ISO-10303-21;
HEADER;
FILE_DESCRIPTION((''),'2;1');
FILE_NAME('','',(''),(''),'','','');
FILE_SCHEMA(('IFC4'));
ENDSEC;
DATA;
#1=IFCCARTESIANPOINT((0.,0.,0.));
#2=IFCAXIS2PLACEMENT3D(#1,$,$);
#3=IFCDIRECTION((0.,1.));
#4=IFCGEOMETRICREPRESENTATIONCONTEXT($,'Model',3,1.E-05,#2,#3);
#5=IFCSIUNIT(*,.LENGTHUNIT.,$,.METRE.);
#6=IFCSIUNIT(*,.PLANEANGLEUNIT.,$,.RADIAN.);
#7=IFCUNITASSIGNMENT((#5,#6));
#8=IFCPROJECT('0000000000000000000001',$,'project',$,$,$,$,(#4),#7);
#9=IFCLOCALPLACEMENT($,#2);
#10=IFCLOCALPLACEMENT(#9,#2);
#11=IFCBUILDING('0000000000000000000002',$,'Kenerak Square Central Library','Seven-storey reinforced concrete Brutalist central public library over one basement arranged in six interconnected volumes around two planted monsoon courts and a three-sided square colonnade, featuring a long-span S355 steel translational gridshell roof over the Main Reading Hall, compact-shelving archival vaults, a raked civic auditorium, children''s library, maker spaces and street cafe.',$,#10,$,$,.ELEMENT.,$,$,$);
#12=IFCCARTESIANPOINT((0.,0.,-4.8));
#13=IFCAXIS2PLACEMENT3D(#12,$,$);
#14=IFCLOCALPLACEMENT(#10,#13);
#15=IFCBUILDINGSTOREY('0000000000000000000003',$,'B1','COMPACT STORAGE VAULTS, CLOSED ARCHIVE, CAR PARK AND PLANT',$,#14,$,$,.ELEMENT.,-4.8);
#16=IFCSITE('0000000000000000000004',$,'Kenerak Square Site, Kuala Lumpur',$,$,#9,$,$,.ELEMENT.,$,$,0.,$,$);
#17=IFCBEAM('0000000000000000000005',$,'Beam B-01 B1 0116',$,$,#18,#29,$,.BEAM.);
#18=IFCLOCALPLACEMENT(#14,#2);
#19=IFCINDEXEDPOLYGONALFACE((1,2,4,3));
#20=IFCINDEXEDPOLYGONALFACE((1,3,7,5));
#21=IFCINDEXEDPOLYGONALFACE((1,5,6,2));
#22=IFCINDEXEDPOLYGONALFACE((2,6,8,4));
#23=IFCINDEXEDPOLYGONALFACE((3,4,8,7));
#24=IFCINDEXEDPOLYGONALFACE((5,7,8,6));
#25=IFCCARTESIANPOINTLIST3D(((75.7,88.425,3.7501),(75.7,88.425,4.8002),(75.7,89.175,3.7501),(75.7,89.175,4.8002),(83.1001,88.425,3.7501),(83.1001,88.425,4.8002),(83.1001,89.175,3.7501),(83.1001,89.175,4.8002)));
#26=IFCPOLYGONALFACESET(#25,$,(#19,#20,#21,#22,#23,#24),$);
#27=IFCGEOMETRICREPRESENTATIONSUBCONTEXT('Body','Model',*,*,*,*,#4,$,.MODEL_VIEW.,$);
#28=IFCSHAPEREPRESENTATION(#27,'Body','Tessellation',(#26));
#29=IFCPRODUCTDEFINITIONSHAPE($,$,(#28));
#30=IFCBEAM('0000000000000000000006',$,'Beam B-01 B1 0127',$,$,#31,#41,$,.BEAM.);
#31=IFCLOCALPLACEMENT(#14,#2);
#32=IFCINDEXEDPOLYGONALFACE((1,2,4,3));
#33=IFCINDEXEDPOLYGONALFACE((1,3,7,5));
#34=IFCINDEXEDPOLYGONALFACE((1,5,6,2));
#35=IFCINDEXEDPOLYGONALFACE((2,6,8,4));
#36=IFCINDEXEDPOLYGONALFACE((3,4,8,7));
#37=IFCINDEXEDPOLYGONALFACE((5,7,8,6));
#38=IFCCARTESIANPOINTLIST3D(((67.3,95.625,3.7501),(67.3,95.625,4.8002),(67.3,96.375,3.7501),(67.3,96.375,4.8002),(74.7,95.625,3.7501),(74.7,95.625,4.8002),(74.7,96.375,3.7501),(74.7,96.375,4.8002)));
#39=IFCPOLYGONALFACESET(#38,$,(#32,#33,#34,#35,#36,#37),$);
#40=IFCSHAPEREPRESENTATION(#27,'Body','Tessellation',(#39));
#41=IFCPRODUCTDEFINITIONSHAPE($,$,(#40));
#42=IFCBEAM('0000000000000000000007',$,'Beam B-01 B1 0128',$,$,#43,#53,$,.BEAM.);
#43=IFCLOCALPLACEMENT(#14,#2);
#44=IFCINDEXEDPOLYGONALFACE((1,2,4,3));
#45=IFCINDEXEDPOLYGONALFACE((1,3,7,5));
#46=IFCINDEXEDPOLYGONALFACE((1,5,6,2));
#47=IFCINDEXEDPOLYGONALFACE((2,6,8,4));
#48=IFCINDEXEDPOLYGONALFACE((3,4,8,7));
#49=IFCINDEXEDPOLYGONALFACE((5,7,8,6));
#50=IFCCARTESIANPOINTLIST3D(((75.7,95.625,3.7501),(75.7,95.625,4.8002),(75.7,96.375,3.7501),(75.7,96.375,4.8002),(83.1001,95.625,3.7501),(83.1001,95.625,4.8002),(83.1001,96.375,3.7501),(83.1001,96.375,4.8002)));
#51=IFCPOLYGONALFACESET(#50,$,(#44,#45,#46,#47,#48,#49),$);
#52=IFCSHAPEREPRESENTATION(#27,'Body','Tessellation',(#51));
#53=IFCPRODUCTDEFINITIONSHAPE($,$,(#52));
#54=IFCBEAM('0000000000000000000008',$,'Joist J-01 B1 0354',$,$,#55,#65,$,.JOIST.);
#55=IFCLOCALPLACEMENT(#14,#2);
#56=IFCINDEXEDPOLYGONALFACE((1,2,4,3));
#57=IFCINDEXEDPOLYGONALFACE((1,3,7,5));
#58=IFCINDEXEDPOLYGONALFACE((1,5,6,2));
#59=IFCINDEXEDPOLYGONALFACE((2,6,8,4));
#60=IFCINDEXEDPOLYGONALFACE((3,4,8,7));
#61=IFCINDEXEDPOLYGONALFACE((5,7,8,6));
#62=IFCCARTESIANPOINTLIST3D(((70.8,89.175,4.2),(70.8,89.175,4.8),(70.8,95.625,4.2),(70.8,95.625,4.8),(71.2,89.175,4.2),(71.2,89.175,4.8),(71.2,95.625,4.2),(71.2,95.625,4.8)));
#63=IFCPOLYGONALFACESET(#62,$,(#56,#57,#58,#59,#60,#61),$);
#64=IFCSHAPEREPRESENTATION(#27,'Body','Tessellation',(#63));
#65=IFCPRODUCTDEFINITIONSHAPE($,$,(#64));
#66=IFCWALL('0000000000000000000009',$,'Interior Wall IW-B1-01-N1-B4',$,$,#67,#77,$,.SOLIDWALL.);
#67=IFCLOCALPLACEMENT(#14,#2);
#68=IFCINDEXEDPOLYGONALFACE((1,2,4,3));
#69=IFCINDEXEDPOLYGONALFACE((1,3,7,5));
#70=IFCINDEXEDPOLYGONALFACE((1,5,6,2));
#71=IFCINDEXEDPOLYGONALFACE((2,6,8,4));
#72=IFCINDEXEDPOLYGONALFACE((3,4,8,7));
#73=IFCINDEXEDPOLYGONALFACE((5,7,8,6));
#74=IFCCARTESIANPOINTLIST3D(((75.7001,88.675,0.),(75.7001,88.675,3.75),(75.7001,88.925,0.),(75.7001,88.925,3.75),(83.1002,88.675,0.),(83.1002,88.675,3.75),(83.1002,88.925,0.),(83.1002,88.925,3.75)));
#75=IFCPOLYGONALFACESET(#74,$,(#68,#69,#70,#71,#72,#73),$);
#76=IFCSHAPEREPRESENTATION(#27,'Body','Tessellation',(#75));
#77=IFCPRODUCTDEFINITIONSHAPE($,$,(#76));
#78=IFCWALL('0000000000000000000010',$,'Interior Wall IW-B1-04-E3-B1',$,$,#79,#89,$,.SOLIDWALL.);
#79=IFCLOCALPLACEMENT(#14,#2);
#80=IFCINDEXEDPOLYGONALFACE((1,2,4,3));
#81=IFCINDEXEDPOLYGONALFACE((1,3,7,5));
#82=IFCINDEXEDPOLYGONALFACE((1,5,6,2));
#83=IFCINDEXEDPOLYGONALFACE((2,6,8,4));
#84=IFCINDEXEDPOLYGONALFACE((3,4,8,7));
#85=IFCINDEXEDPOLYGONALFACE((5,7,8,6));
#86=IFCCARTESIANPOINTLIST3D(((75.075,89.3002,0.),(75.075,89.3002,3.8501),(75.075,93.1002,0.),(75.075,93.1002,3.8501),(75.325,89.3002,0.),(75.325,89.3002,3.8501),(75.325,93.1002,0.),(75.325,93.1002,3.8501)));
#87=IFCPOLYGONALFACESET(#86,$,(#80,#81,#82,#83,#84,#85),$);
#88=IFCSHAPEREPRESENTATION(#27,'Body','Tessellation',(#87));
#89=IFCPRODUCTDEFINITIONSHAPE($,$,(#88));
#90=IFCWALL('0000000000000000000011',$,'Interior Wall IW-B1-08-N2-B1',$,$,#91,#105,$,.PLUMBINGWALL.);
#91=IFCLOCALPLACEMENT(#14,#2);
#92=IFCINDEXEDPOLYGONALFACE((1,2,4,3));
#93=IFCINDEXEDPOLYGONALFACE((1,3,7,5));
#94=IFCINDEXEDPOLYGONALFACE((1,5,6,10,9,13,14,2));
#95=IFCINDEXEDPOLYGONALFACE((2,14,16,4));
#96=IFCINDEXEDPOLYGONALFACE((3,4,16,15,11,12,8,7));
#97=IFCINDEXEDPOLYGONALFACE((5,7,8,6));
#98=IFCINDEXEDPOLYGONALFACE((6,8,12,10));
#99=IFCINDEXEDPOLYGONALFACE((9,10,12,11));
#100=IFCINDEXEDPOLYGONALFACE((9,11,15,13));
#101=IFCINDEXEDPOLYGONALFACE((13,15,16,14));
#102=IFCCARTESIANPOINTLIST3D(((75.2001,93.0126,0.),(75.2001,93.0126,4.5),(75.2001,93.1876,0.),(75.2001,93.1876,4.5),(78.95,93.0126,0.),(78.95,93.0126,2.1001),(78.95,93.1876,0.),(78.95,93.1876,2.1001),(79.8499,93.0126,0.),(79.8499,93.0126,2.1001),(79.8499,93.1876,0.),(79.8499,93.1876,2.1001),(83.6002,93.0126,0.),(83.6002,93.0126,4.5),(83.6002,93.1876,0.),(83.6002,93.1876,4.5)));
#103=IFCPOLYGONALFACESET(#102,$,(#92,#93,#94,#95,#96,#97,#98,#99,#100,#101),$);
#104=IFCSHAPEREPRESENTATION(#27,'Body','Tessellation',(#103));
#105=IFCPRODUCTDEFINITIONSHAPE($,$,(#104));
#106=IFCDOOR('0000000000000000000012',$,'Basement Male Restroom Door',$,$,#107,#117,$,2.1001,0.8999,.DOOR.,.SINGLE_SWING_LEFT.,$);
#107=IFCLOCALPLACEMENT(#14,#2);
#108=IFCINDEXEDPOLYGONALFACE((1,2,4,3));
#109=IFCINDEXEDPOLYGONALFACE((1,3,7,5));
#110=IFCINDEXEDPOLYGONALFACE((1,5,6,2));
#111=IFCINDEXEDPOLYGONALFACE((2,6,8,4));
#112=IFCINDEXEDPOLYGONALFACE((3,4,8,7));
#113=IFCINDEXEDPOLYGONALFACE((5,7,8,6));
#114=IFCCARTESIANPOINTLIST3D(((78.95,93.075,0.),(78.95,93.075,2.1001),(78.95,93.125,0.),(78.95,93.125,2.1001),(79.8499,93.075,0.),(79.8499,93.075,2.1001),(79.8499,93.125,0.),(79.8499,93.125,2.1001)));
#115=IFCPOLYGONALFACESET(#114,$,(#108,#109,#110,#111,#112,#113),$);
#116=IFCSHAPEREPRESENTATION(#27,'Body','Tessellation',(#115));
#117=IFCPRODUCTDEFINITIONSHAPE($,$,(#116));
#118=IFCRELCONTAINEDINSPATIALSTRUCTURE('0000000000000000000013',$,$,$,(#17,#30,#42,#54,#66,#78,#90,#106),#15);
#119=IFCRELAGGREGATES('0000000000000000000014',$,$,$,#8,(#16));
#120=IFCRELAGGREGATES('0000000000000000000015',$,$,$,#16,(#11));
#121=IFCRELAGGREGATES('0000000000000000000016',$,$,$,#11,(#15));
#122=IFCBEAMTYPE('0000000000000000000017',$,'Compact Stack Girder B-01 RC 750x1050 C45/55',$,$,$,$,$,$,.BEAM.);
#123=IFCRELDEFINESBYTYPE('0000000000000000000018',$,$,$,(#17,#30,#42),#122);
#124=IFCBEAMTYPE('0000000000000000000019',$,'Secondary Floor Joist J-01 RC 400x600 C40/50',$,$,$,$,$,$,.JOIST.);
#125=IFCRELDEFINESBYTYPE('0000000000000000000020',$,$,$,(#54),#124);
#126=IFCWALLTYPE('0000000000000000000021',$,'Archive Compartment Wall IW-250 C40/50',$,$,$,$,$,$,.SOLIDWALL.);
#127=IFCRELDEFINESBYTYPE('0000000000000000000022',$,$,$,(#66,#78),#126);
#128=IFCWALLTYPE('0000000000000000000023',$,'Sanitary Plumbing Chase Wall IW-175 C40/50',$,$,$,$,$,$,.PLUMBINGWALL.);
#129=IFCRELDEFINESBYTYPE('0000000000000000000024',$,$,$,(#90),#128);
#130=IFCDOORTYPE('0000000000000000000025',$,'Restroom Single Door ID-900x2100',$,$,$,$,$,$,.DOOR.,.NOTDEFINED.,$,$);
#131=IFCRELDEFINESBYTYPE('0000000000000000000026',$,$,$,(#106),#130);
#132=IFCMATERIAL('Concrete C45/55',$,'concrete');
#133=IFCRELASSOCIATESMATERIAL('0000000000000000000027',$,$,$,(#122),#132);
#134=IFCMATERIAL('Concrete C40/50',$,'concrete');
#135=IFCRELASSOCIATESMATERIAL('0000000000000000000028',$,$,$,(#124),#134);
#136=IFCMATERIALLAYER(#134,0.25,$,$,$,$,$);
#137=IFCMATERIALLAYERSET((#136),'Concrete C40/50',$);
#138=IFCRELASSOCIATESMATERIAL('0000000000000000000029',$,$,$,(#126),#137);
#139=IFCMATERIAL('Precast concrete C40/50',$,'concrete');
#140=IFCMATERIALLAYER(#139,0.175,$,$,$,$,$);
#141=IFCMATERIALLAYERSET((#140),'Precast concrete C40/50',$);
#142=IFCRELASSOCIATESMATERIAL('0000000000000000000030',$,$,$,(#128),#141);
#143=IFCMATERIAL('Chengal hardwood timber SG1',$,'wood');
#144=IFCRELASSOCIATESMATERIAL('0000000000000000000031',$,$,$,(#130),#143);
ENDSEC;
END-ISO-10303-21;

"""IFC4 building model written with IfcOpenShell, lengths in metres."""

from ifc_helpers import new_model, si_unit, direction, frame, frame_2d, origin, origin_2d, place, context, subcontext, project, spatial, rectangle, extrude, material, layer, layer_set, material_profile, profile_set, type_object, element, fill, save


model = new_model("IFC4")

# Units and contexts
model_context = context("Model", 3, precision=1e-05, world=origin(), true_north=direction((0.0, 1.0)))
body_context = subcontext(model_context, "Body", "Model", "MODEL_VIEW")
ifc_project = project(units=[si_unit("LENGTHUNIT", "METRE"), si_unit("PLANEANGLEUNIT", "RADIAN")], contexts=[model_context])

# Site, building, storey
site_placement = place(None, origin())
site = spatial("IfcSite", under=ifc_project, at=site_placement, Name="Kenerak Square Site, Kuala Lumpur", CompositionType="ELEMENT", RefElevation=0.0)
building_placement = place(site_placement, origin())
building = spatial("IfcBuilding", under=site, at=building_placement, Name="Kenerak Square Central Library", Description="Seven-storey reinforced concrete Brutalist central public library over one basement arranged in six interconnected volumes around two planted monsoon courts and a three-sided square colonnade, featuring a long-span S355 steel translational gridshell roof over the Main Reading Hall, compact-shelving archival vaults, a raked civic auditorium, children's library, maker spaces and street cafe.", CompositionType="ELEMENT")
storey_placement = place(building_placement, frame((0.0, 0.0, -4.8)))
storey = spatial("IfcBuildingStorey", under=building, at=storey_placement, Name="B1", Description="COMPACT STORAGE VAULTS, CLOSED ARCHIVE, CAR PARK AND PLANT", CompositionType="ELEMENT", Elevation=-4.8)

# Shared definitions
ifc_material_1 = material(Name="Concrete C40/50", Category="concrete")

# Shared definitions
ifc_material_2 = material(Name="Concrete C45/55", Category="concrete")

# Beams
ifc_material_profile_1 = material_profile(ifc_material_2, rectangle(XDim=0.75, YDim=1.05, at=origin_2d()), Name="RC 750x1050")
ifc_profile_set_1 = profile_set([ifc_material_profile_1], Name="Concrete C45/55")
beam_type_1 = type_object("IfcBeamType", Name="Compact Stack Girder B-01 RC 750x1050 C45/55", PredefinedType="BEAM", material=ifc_profile_set_1)
beam_1_placement = place(storey_placement, frame((75.7, 88.8, 4.2751), z_axis=(1.0, 0.0, 0.0), x_axis=(0.0, 1.0, 0.0)))
element("IfcBeam", 1, at=beam_1_placement, inside=storey, type_object=beam_type_1, Name="Beam B-01 B1 0116", PredefinedType="BEAM", context=body_context, shape_type="SweptSolid", body=[
    extrude(rectangle(XDim=0.75, YDim=1.05, at=origin_2d()), origin(), (0.0, 0.0, 1.0), 7.4001),
])
beam_2_placement = place(storey_placement, frame((67.3, 96.0, 4.2751), z_axis=(1.0, 0.0, 0.0), x_axis=(0.0, 1.0, 0.0)))
element("IfcBeam", 2, at=beam_2_placement, inside=storey, type_object=beam_type_1, Name="Beam B-01 B1 0127", PredefinedType="BEAM", context=body_context, shape_type="SweptSolid", body=[
    extrude(rectangle(XDim=0.75, YDim=1.05, at=origin_2d()), origin(), (0.0, 0.0, 1.0), 7.3999),
])
beam_3_placement = place(storey_placement, frame((75.7, 96.0, 4.2751), z_axis=(1.0, 0.0, 0.0), x_axis=(0.0, 1.0, 0.0)))
element("IfcBeam", 3, at=beam_3_placement, inside=storey, type_object=beam_type_1, Name="Beam B-01 B1 0128", PredefinedType="BEAM", context=body_context, shape_type="SweptSolid", body=[
    extrude(rectangle(XDim=0.75, YDim=1.05, at=origin_2d()), origin(), (0.0, 0.0, 1.0), 7.4001),
])
ifc_material_profile_2 = material_profile(ifc_material_1, rectangle(XDim=0.3999, YDim=0.6001, at=origin_2d()), Name="RC 400x600")
ifc_profile_set_2 = profile_set([ifc_material_profile_2], Name="Concrete C40/50")
beam_type_2 = type_object("IfcBeamType", Name="Secondary Floor Joist J-01 RC 400x600 C40/50", PredefinedType="JOIST", material=ifc_profile_set_2)
beam_4_placement = place(storey_placement, frame((71.0, 89.175, 4.5), z_axis=(0.0, 1.0, 0.0), x_axis=(-1.0, 0.0, 0.0)))
element("IfcBeam", 4, at=beam_4_placement, inside=storey, type_object=beam_type_2, Name="Joist J-01 B1 0354", PredefinedType="JOIST", context=body_context, shape_type="SweptSolid", body=[
    extrude(rectangle(XDim=0.3999, YDim=0.6001, at=origin_2d()), origin(), (0.0, 0.0, 1.0), 6.45),
])

# Walls
ifc_layer_1 = layer(ifc_material_1, 0.25)
ifc_layer_set_1 = layer_set([ifc_layer_1], Name="Concrete C40/50")
wall_type_1 = type_object("IfcWallType", Name="Archive Compartment Wall IW-250 C40/50", PredefinedType="SOLIDWALL", material=ifc_layer_set_1)
wall_1_placement = place(storey_placement, frame((75.7, 88.8, 0.0), z_axis=(0.0, 0.0, 1.0), x_axis=(1.0, 0.0, 0.0)))
element("IfcWall", 5, at=wall_1_placement, inside=storey, type_object=wall_type_1, Name="Interior Wall IW-B1-01-N1-B4", PredefinedType="SOLIDWALL", context=body_context, shape_type="SweptSolid", body=[
    extrude(rectangle(XDim=7.4001, YDim=0.25, at=frame_2d((3.7002, 0.0))), origin(), (0.0, 0.0, 1.0), 3.75),
])
wall_2_placement = place(storey_placement, frame((75.2, 93.1001, 0.0), z_axis=(0.0, 0.0, 1.0), x_axis=(0.0, -1.0, 0.0)))
element("IfcWall", 6, at=wall_2_placement, inside=storey, type_object=wall_type_1, Name="Interior Wall IW-B1-04-E3-B1", PredefinedType="SOLIDWALL", context=body_context, shape_type="SweptSolid", body=[
    extrude(rectangle(XDim=3.8, YDim=0.25, at=frame_2d((1.8999, 0.0))), origin(), (0.0, 0.0, 1.0), 3.8501),
])

# Wall, opening, door
ifc_material_3 = material(Name="Precast concrete C40/50", Category="concrete")
ifc_layer_2 = layer(ifc_material_3, 0.175)
ifc_layer_set_2 = layer_set([ifc_layer_2], Name="Precast concrete C40/50")
wall_type_2 = type_object("IfcWallType", Name="Sanitary Plumbing Chase Wall IW-175 C40/50", PredefinedType="PLUMBINGWALL", material=ifc_layer_set_2)
wall_3_placement = place(storey_placement, frame((75.2, 93.1001, 0.0), z_axis=(0.0, 0.0, 1.0), x_axis=(1.0, 0.0, 0.0)))
wall_3 = element("IfcWall", 7, at=wall_3_placement, inside=storey, type_object=wall_type_2, Name="Interior Wall IW-B1-08-N2-B1", PredefinedType="PLUMBINGWALL", context=body_context, shape_type="SweptSolid", body=[
    extrude(rectangle(XDim=8.4001, YDim=0.175, at=frame_2d((4.2002, 0.0))), origin(), (0.0, 0.0, 1.0), 4.5),
])
opening_placement = place(wall_3_placement, frame((3.75, 0.0, 0.0)))
opening = element("IfcOpeningElement", 8, at=opening_placement, cuts=wall_3, PredefinedType="OPENING", context=body_context, shape_type="SweptSolid", body=[
    extrude(rectangle(XDim=0.8999, YDim=2.1001, at=frame_2d((0.45, 1.05))), frame((0.0, 0.0974, 0.0), z_axis=(0.0, -1.0, 0.0), x_axis=(1.0, 0.0, 0.0)), (0.0, 0.0, 1.0), 0.1951),
])
ifc_material_4 = material(Name="Chengal hardwood timber SG1", Category="wood")
door_type = type_object("IfcDoorType", Name="Restroom Single Door ID-900x2100", OperationType="NOTDEFINED", PredefinedType="DOOR", material=ifc_material_4)
door_placement = place(opening_placement, origin())
door = element("IfcDoor", 9, at=door_placement, inside=storey, type_object=door_type, Name="Basement Male Restroom Door", OperationType="SINGLE_SWING_LEFT", OverallHeight=2.1001, OverallWidth=0.8999, PredefinedType="DOOR", context=body_context, shape_type="SweptSolid", body=[
    extrude(rectangle(XDim=0.8999, YDim=2.1001, at=frame_2d((0.45, 1.05))), frame((0.0, 0.0249, 0.0), z_axis=(0.0, -1.0, 0.0), x_axis=(1.0, 0.0, 0.0)), (0.0, 0.0, 1.0), 0.05),
])
fill(opening, door)

save(model, "model.ifc")
